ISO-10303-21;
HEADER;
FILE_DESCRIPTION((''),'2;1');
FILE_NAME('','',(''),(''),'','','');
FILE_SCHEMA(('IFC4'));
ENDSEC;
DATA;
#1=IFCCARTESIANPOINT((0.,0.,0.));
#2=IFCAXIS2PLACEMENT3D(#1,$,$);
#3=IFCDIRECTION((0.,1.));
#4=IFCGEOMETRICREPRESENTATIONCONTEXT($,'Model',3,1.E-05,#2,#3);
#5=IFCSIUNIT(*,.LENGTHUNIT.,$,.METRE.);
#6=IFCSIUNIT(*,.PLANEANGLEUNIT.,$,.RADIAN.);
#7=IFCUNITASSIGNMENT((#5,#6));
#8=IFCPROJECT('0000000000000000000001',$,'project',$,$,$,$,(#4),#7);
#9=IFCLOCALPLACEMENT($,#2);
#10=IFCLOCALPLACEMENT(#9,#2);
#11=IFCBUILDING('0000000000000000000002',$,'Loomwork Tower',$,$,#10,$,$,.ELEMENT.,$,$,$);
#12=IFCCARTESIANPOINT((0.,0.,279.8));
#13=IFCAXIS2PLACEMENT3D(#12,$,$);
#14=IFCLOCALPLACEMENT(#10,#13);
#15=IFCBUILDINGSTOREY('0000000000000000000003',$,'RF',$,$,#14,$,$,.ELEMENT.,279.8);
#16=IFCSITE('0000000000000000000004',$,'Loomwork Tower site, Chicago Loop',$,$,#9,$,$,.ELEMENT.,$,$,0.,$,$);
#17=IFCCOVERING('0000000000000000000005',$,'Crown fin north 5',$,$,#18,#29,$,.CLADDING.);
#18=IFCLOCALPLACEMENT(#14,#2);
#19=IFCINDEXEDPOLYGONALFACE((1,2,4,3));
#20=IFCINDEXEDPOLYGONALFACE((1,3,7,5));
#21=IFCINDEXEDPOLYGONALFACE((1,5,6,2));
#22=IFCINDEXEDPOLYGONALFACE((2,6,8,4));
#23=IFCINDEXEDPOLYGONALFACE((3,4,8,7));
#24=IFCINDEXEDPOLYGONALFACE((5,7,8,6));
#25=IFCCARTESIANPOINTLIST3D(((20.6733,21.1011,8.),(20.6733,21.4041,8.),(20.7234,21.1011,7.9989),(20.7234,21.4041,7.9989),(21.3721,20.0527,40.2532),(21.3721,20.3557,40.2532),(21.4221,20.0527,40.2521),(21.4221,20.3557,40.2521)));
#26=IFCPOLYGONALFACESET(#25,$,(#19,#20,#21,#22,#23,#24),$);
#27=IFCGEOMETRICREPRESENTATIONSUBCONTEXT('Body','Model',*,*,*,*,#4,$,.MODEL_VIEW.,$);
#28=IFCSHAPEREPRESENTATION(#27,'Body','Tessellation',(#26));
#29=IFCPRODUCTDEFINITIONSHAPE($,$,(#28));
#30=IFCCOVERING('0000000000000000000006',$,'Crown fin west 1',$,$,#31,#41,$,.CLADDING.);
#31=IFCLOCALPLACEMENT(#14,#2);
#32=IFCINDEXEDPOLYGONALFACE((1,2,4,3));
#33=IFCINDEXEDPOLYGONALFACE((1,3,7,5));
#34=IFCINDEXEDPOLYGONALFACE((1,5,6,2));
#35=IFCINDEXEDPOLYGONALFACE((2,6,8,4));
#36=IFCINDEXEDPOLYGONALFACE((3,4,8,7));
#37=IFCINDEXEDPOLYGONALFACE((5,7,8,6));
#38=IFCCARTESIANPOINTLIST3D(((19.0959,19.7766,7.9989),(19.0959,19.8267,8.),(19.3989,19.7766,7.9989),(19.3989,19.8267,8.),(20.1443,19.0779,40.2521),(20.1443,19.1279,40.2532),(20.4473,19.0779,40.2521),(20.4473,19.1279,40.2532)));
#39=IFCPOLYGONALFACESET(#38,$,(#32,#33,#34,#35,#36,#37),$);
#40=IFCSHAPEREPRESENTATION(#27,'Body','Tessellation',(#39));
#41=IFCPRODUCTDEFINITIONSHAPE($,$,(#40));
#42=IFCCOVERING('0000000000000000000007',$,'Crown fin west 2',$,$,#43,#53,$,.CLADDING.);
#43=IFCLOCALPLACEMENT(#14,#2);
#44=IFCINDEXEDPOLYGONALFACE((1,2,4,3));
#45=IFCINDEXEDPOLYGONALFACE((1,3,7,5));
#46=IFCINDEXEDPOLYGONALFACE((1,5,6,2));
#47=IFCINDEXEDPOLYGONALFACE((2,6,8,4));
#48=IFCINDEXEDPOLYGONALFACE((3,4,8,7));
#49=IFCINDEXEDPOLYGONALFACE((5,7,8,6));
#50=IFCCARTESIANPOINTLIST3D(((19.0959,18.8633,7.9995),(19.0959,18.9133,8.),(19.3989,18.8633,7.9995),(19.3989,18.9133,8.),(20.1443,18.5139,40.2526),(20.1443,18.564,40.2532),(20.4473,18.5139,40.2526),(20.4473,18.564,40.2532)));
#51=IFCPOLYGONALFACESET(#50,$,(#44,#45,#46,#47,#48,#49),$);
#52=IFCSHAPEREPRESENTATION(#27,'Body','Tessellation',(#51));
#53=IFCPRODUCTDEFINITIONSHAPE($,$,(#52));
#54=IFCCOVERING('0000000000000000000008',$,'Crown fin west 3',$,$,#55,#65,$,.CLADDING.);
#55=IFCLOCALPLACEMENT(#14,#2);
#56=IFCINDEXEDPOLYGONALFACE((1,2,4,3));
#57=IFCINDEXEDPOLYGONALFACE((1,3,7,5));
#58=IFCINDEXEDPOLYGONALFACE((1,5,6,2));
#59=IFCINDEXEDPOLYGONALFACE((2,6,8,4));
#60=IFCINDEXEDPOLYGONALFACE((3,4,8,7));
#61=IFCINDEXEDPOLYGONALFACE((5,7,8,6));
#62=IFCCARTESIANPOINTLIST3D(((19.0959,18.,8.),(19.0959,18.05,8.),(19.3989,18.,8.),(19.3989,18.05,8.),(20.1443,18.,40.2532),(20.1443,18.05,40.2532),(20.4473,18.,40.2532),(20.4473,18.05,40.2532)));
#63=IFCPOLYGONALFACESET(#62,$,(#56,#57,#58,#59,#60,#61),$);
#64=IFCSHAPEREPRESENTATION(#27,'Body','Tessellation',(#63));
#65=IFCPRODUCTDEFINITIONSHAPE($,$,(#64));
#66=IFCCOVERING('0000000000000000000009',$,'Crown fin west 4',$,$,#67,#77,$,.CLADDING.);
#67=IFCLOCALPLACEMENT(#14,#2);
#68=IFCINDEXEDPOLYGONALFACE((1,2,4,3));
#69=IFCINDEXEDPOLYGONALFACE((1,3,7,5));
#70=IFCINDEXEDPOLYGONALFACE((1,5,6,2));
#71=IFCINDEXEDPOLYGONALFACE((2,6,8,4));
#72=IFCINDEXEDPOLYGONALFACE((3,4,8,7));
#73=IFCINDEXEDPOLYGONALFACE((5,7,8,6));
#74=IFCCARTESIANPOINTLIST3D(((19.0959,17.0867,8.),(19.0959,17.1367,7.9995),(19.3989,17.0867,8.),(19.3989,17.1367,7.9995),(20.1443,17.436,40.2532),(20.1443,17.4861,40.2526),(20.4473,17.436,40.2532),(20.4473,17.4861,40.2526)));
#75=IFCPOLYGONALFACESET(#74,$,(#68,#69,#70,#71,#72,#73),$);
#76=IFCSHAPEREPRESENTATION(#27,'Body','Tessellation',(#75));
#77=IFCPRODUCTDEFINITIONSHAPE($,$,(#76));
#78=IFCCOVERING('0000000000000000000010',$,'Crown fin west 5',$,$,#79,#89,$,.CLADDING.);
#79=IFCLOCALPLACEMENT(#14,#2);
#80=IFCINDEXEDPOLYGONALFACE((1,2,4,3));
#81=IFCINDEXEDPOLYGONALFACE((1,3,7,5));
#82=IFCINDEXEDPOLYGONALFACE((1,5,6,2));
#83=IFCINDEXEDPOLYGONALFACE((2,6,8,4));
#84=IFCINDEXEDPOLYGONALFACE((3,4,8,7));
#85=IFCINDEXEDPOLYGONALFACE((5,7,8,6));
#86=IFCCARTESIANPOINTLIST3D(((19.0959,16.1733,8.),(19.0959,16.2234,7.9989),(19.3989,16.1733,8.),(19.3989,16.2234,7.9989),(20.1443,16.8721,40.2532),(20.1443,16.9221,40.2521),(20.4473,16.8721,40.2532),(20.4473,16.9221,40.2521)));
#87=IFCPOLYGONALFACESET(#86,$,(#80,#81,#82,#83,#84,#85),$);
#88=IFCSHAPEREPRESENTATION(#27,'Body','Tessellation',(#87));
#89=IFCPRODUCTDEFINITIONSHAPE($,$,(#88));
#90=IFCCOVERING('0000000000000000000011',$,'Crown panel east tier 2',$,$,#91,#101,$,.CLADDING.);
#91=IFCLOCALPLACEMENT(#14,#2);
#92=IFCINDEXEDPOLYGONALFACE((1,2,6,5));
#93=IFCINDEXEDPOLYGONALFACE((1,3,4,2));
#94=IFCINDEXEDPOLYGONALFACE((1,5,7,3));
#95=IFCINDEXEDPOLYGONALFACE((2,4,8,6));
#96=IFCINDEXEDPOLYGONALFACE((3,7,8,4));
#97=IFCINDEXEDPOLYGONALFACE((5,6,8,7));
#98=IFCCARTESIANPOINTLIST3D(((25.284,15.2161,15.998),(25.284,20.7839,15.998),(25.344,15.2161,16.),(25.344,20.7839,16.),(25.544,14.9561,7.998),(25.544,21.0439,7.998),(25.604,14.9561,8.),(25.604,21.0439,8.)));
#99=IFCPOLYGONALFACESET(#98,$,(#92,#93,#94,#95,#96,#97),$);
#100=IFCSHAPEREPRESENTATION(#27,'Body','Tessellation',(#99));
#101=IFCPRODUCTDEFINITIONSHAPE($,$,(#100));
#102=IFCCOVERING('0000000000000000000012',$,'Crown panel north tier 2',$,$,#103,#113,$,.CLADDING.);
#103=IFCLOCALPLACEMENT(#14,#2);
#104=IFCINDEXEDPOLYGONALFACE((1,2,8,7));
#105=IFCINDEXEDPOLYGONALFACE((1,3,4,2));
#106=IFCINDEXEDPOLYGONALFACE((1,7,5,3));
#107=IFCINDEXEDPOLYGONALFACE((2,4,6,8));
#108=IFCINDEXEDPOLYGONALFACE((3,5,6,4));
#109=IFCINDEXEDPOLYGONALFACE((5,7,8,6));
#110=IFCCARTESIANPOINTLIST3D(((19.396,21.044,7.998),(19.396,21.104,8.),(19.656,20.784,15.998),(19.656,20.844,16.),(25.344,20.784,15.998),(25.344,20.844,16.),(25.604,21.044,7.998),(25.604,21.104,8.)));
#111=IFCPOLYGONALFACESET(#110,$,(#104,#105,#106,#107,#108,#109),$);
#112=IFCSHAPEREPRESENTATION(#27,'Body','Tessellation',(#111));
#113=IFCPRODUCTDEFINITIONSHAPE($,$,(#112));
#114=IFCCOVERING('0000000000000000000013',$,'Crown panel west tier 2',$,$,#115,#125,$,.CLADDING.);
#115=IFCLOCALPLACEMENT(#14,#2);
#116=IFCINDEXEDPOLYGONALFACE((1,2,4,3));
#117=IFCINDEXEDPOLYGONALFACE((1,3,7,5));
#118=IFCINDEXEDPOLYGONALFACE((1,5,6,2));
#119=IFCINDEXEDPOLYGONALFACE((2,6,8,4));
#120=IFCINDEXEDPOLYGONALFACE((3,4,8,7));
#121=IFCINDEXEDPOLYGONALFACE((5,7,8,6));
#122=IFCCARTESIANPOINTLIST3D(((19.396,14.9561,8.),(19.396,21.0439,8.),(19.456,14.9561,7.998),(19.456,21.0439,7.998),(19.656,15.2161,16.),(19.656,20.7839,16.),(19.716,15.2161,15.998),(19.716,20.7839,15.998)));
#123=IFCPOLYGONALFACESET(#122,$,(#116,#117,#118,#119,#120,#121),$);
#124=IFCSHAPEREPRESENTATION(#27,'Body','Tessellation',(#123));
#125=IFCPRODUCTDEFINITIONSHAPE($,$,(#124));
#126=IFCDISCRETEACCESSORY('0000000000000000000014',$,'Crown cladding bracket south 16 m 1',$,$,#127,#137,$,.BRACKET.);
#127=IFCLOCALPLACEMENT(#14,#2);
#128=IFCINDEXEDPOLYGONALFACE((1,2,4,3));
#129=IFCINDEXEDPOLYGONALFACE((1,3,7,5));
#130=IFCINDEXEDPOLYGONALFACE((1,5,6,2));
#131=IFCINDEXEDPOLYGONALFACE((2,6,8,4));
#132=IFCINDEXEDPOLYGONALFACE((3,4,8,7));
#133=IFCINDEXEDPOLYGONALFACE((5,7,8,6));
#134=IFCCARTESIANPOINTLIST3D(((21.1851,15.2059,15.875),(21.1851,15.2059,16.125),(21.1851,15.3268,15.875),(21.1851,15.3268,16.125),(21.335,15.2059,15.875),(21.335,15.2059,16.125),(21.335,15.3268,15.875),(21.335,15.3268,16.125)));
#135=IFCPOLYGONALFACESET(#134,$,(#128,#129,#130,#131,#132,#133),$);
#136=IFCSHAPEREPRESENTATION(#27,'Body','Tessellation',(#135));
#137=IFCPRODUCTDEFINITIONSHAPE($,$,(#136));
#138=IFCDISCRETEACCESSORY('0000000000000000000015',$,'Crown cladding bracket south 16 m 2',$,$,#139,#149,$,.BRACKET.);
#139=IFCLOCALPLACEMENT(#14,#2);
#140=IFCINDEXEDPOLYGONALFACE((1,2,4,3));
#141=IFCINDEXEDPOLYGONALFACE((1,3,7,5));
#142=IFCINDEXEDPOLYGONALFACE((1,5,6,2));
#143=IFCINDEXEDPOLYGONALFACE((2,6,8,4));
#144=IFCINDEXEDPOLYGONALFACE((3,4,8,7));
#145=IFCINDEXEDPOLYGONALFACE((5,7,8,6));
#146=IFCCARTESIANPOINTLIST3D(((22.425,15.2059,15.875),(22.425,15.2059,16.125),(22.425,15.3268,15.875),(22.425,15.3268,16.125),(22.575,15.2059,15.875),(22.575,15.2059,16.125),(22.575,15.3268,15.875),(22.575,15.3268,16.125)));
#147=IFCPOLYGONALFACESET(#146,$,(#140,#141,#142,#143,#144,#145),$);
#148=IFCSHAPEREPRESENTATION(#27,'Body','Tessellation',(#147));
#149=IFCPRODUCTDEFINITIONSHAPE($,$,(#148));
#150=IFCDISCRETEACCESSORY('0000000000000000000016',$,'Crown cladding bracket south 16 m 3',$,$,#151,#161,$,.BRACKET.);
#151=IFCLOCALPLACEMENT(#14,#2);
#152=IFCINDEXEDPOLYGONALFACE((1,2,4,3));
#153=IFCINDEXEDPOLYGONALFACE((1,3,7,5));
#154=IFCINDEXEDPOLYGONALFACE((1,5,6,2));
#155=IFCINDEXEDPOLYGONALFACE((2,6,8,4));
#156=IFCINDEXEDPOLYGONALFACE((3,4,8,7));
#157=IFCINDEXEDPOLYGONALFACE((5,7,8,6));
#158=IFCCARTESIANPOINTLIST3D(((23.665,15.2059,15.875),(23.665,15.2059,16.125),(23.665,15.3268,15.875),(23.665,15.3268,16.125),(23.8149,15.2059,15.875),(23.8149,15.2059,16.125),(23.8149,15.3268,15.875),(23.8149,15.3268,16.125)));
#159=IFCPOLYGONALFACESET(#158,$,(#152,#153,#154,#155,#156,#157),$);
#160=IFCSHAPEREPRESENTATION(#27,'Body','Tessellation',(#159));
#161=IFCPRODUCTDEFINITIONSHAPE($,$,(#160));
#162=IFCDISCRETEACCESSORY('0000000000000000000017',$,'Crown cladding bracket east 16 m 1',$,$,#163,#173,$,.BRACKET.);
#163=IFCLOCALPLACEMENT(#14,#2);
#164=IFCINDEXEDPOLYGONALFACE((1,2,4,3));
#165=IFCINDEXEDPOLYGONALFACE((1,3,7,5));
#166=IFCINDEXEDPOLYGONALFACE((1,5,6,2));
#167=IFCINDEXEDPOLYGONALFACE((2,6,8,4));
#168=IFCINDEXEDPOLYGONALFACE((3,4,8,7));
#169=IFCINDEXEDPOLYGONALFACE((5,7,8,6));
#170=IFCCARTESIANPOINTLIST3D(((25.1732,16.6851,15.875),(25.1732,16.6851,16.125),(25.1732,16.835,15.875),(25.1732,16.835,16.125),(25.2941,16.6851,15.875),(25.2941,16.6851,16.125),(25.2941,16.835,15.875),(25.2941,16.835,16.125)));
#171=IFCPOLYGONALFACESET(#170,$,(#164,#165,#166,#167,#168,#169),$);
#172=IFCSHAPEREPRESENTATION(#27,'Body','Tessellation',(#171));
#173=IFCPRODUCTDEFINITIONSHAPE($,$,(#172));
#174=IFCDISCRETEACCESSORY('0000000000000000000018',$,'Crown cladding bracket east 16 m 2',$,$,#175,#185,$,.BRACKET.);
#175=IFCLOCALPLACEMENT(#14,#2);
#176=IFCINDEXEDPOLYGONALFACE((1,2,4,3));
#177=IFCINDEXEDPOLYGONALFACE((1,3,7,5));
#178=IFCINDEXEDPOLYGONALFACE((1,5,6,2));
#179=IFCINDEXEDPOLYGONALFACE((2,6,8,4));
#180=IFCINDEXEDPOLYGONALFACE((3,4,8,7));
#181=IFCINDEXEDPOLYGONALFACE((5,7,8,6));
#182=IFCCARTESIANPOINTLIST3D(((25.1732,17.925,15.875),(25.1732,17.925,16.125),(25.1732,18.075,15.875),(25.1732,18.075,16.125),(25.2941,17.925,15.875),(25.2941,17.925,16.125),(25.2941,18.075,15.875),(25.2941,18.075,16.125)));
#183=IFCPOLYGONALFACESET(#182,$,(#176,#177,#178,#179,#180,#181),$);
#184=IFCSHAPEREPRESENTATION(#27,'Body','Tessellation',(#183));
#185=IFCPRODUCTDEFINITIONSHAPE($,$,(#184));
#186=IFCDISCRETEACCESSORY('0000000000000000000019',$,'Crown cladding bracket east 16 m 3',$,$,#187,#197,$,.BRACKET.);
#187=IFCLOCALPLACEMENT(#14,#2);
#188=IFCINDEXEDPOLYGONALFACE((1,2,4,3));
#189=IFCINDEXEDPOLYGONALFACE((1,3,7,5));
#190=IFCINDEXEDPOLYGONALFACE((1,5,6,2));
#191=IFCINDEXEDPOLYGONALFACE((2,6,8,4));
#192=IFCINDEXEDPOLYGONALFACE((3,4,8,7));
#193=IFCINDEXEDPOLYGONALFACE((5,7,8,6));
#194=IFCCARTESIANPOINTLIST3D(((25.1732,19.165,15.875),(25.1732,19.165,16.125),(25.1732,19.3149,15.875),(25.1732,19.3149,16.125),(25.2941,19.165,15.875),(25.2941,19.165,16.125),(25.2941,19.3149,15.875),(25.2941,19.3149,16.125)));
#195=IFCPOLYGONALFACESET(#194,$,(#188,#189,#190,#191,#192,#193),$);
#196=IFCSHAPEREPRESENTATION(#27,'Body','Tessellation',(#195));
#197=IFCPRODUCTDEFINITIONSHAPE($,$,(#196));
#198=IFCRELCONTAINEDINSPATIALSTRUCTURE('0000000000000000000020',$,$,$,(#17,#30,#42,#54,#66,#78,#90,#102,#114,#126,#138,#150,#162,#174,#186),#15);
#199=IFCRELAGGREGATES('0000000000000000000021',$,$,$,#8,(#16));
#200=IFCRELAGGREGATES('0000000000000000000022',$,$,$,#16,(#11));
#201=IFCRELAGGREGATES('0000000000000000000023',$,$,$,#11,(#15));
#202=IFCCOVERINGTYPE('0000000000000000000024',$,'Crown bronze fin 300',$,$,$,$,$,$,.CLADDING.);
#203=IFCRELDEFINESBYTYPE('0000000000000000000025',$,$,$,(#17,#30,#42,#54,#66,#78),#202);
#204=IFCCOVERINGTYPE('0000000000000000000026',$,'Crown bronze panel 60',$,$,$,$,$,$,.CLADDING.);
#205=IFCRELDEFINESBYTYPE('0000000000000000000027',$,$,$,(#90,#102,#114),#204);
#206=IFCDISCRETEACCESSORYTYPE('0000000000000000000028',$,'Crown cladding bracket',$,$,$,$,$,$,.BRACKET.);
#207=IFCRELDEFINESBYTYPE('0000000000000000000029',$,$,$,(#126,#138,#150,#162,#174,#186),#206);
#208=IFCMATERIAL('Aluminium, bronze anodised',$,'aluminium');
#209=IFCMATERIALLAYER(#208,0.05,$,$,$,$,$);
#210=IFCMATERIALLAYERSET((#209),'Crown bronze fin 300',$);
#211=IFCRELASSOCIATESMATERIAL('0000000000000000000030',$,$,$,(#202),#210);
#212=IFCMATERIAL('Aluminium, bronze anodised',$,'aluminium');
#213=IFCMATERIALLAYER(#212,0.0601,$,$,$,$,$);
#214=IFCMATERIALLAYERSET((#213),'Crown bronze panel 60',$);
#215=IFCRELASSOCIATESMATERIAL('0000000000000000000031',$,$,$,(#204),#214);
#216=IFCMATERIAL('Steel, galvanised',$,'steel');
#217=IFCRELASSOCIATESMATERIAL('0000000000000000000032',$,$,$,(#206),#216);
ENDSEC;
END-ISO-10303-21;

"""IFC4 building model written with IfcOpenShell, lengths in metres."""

from ifc_helpers import new_model, si_unit, direction, frame, origin, origin_2d, place, context, subcontext, project, spatial, polyline, rectangle, outline, extrude, material, layer, layer_set, type_object, element, save


model = new_model("IFC4")

# Units and contexts
model_context = context("Model", 3, precision=1e-05, world=origin(), true_north=direction((0.0, 1.0)))
body_context = subcontext(model_context, "Body", "Model", "MODEL_VIEW")
ifc_project = project(units=[si_unit("LENGTHUNIT", "METRE"), si_unit("PLANEANGLEUNIT", "RADIAN")], contexts=[model_context])

# Site, building, storey
site_placement = place(None, origin())
site = spatial("IfcSite", under=ifc_project, at=site_placement, Name="Loomwork Tower site, Chicago Loop", CompositionType="ELEMENT", RefElevation=0.0)
building_placement = place(site_placement, origin())
building = spatial("IfcBuilding", under=site, at=building_placement, Name="Loomwork Tower", CompositionType="ELEMENT")
storey_placement = place(building_placement, frame((0.0, 0.0, 279.8)))
storey = spatial("IfcBuildingStorey", under=building, at=storey_placement, Name="RF", CompositionType="ELEMENT", Elevation=279.8)

# Coverings
ifc_material_1 = material(Name="Aluminium, bronze anodised", Category="aluminium")
ifc_layer_1 = layer(ifc_material_1, 0.05)
ifc_layer_set_1 = layer_set([ifc_layer_1], Name="Crown bronze fin 300")
covering_type_1 = type_object("IfcCoveringType", Name="Crown bronze fin 300", PredefinedType="CLADDING", material=ifc_layer_set_1)
covering_1_placement = place(storey_placement, frame((20.6733, 21.1011, 8.0), z_axis=(-0.999765, 0.0, 0.021659), x_axis=(0.021647, -0.032479, 0.999238)))
element("IfcCovering", 1, at=covering_1_placement, inside=storey, type_object=covering_type_1, Name="Crown fin north 5", PredefinedType="CLADDING", context=body_context, shape_type="SweptSolid", body=[
    extrude(outline(polyline([(0.0, 0.0), (32.2778, 0.0), (32.2679, 0.3028), (-0.0098, 0.3028), (0.0, 0.0)])), origin(), (0.0, 0.0, -1.0), 0.05),
])
covering_2_placement = place(storey_placement, frame((19.3989, 19.8267, 8.0), z_axis=(0.0, 0.999765, 0.021659), x_axis=(0.032479, -0.021647, 0.999238)))
element("IfcCovering", 2, at=covering_2_placement, inside=storey, type_object=covering_type_1, Name="Crown fin west 1", PredefinedType="CLADDING", context=body_context, shape_type="SweptSolid", body=[
    extrude(outline(polyline([(0.0, 0.0), (32.2778, 0.0), (32.2679, -0.3028), (-0.0098, -0.3028), (0.0, 0.0)])), origin(), (0.0, 0.0, -1.0), 0.05),
])
covering_3_placement = place(storey_placement, frame((19.3989, 18.9133, 8.0), z_axis=(0.0, 0.999941, 0.010831), x_axis=(0.032484, -0.010826, 0.999414)))
element("IfcCovering", 3, at=covering_3_placement, inside=storey, type_object=covering_type_1, Name="Crown fin west 2", PredefinedType="CLADDING", context=body_context, shape_type="SweptSolid", body=[
    extrude(outline(polyline([(0.0, 0.0), (32.2721, 0.0), (32.2623, -0.3028), (-0.0098, -0.3028), (0.0, 0.0)])), origin(), (0.0, 0.0, -1.0), 0.05),
])
covering_4_placement = place(storey_placement, frame((19.3989, 18.0, 8.0), z_axis=(0.0, -1.0, 0.0), x_axis=(0.032486, 0.0, 0.999472)))
element("IfcCovering", 4, at=covering_4_placement, inside=storey, type_object=covering_type_1, Name="Crown fin west 3", PredefinedType="CLADDING", context=body_context, shape_type="SweptSolid", body=[
    extrude(outline(polyline([(0.0, 0.0), (32.2702, 0.0), (32.2604, 0.3028), (-0.0098, 0.3028), (0.0, 0.0)])), origin(), (0.0, 0.0, -1.0), 0.05),
])
covering_5_placement = place(storey_placement, frame((19.3989, 17.0867, 8.0), z_axis=(0.0, -0.999941, 0.010831), x_axis=(0.032484, 0.010826, 0.999414)))
element("IfcCovering", 5, at=covering_5_placement, inside=storey, type_object=covering_type_1, Name="Crown fin west 4", PredefinedType="CLADDING", context=body_context, shape_type="SweptSolid", body=[
    extrude(outline(polyline([(0.0, 0.0), (32.2721, 0.0), (32.2623, 0.3028), (-0.0098, 0.3028), (0.0, 0.0)])), origin(), (0.0, 0.0, -1.0), 0.05),
])
covering_6_placement = place(storey_placement, frame((19.3989, 16.1733, 8.0), z_axis=(0.0, -0.999765, 0.021659), x_axis=(0.032479, 0.021647, 0.999238)))
element("IfcCovering", 6, at=covering_6_placement, inside=storey, type_object=covering_type_1, Name="Crown fin west 5", PredefinedType="CLADDING", context=body_context, shape_type="SweptSolid", body=[
    extrude(outline(polyline([(0.0, 0.0), (32.2778, 0.0), (32.2679, 0.3028), (-0.0098, 0.3028), (0.0, 0.0)])), origin(), (0.0, 0.0, -1.0), 0.05),
])
ifc_material_2 = material(Name="Aluminium, bronze anodised", Category="aluminium")
ifc_layer_2 = layer(ifc_material_2, 0.0601)
ifc_layer_set_2 = layer_set([ifc_layer_2], Name="Crown bronze panel 60")
covering_type_2 = type_object("IfcCoveringType", Name="Crown bronze panel 60", PredefinedType="CLADDING", material=ifc_layer_set_2)
covering_7_placement = place(storey_placement, frame((25.604, 14.9561, 8.0), z_axis=(0.999472, 0.0, 0.032484), x_axis=(0.0, 1.0, 0.0)))
element("IfcCovering", 7, at=covering_7_placement, inside=storey, type_object=covering_type_2, Name="Crown panel east tier 2", PredefinedType="CLADDING", context=body_context, shape_type="SweptSolid", body=[
    extrude(outline(polyline([(0.0, 0.0), (6.0879, 0.0), (5.8279, 8.0042), (0.26, 8.0042), (0.0, 0.0)])), origin(), (0.0, 0.0, -1.0), 0.0601),
])
covering_8_placement = place(storey_placement, frame((25.604, 21.104, 8.0), z_axis=(0.0, 0.999472, 0.032484), x_axis=(-1.0, 0.0, 0.0)))
element("IfcCovering", 8, at=covering_8_placement, inside=storey, type_object=covering_type_2, Name="Crown panel north tier 2", PredefinedType="CLADDING", context=body_context, shape_type="SweptSolid", body=[
    extrude(outline(polyline([(0.0, 0.0), (6.208, 0.0), (5.948, 8.0042), (0.26, 8.0042), (0.0, 0.0)])), origin(), (0.0, 0.0, -1.0), 0.0601),
])
covering_9_placement = place(storey_placement, frame((19.396, 21.0439, 8.0), z_axis=(-0.999472, 0.0, 0.032484), x_axis=(0.0, -1.0, 0.0)))
element("IfcCovering", 9, at=covering_9_placement, inside=storey, type_object=covering_type_2, Name="Crown panel west tier 2", PredefinedType="CLADDING", context=body_context, shape_type="SweptSolid", body=[
    extrude(outline(polyline([(0.0, 0.0), (6.0879, 0.0), (5.8279, 8.0042), (0.26, 8.0042), (0.0, 0.0)])), origin(), (0.0, 0.0, -1.0), 0.0601),
])

# Discrete accessories
ifc_material_3 = material(Name="Steel, galvanised", Category="steel")
discrete_accessory_type = type_object("IfcDiscreteAccessoryType", Name="Crown cladding bracket", PredefinedType="BRACKET", material=ifc_material_3)
for number, where, z_axis, x_axis, name in (
    (10, (21.26, 15.2664, 15.875), (0.0, 0.0, 1.0), (1.0, 0.0, 0.0), "Crown cladding bracket south 16 m 1"),
    (11, (22.5, 15.2664, 15.875), (0.0, 0.0, 1.0), (1.0, 0.0, 0.0), "Crown cladding bracket south 16 m 2"),
    (12, (23.74, 15.2664, 15.875), (0.0, 0.0, 1.0), (1.0, 0.0, 0.0), "Crown cladding bracket south 16 m 3"),
):
    element("IfcDiscreteAccessory", number, at=place(storey_placement, frame(where, z_axis=z_axis, x_axis=x_axis)), inside=storey, type_object=discrete_accessory_type, Name=name, PredefinedType="BRACKET", context=body_context, shape_type="SweptSolid", body=[
        extrude(rectangle(XDim=0.1499, YDim=0.1208, at=origin_2d()), origin(), (0.0, 0.0, 1.0), 0.25),
    ])
for number, where, z_axis, x_axis, name in (
    (13, (25.2336, 16.76, 15.875), (0.0, 0.0, 1.0), (1.0, 0.0, 0.0), "Crown cladding bracket east 16 m 1"),
    (14, (25.2336, 18.0, 15.875), (0.0, 0.0, 1.0), (1.0, 0.0, 0.0), "Crown cladding bracket east 16 m 2"),
    (15, (25.2336, 19.24, 15.875), (0.0, 0.0, 1.0), (1.0, 0.0, 0.0), "Crown cladding bracket east 16 m 3"),
):
    element("IfcDiscreteAccessory", number, at=place(storey_placement, frame(where, z_axis=z_axis, x_axis=x_axis)), inside=storey, type_object=discrete_accessory_type, Name=name, PredefinedType="BRACKET", context=body_context, shape_type="SweptSolid", body=[
        extrude(rectangle(XDim=0.1208, YDim=0.1499, at=origin_2d()), origin(), (0.0, 0.0, 1.0), 0.25),
    ])

save(model, "model.ifc")
